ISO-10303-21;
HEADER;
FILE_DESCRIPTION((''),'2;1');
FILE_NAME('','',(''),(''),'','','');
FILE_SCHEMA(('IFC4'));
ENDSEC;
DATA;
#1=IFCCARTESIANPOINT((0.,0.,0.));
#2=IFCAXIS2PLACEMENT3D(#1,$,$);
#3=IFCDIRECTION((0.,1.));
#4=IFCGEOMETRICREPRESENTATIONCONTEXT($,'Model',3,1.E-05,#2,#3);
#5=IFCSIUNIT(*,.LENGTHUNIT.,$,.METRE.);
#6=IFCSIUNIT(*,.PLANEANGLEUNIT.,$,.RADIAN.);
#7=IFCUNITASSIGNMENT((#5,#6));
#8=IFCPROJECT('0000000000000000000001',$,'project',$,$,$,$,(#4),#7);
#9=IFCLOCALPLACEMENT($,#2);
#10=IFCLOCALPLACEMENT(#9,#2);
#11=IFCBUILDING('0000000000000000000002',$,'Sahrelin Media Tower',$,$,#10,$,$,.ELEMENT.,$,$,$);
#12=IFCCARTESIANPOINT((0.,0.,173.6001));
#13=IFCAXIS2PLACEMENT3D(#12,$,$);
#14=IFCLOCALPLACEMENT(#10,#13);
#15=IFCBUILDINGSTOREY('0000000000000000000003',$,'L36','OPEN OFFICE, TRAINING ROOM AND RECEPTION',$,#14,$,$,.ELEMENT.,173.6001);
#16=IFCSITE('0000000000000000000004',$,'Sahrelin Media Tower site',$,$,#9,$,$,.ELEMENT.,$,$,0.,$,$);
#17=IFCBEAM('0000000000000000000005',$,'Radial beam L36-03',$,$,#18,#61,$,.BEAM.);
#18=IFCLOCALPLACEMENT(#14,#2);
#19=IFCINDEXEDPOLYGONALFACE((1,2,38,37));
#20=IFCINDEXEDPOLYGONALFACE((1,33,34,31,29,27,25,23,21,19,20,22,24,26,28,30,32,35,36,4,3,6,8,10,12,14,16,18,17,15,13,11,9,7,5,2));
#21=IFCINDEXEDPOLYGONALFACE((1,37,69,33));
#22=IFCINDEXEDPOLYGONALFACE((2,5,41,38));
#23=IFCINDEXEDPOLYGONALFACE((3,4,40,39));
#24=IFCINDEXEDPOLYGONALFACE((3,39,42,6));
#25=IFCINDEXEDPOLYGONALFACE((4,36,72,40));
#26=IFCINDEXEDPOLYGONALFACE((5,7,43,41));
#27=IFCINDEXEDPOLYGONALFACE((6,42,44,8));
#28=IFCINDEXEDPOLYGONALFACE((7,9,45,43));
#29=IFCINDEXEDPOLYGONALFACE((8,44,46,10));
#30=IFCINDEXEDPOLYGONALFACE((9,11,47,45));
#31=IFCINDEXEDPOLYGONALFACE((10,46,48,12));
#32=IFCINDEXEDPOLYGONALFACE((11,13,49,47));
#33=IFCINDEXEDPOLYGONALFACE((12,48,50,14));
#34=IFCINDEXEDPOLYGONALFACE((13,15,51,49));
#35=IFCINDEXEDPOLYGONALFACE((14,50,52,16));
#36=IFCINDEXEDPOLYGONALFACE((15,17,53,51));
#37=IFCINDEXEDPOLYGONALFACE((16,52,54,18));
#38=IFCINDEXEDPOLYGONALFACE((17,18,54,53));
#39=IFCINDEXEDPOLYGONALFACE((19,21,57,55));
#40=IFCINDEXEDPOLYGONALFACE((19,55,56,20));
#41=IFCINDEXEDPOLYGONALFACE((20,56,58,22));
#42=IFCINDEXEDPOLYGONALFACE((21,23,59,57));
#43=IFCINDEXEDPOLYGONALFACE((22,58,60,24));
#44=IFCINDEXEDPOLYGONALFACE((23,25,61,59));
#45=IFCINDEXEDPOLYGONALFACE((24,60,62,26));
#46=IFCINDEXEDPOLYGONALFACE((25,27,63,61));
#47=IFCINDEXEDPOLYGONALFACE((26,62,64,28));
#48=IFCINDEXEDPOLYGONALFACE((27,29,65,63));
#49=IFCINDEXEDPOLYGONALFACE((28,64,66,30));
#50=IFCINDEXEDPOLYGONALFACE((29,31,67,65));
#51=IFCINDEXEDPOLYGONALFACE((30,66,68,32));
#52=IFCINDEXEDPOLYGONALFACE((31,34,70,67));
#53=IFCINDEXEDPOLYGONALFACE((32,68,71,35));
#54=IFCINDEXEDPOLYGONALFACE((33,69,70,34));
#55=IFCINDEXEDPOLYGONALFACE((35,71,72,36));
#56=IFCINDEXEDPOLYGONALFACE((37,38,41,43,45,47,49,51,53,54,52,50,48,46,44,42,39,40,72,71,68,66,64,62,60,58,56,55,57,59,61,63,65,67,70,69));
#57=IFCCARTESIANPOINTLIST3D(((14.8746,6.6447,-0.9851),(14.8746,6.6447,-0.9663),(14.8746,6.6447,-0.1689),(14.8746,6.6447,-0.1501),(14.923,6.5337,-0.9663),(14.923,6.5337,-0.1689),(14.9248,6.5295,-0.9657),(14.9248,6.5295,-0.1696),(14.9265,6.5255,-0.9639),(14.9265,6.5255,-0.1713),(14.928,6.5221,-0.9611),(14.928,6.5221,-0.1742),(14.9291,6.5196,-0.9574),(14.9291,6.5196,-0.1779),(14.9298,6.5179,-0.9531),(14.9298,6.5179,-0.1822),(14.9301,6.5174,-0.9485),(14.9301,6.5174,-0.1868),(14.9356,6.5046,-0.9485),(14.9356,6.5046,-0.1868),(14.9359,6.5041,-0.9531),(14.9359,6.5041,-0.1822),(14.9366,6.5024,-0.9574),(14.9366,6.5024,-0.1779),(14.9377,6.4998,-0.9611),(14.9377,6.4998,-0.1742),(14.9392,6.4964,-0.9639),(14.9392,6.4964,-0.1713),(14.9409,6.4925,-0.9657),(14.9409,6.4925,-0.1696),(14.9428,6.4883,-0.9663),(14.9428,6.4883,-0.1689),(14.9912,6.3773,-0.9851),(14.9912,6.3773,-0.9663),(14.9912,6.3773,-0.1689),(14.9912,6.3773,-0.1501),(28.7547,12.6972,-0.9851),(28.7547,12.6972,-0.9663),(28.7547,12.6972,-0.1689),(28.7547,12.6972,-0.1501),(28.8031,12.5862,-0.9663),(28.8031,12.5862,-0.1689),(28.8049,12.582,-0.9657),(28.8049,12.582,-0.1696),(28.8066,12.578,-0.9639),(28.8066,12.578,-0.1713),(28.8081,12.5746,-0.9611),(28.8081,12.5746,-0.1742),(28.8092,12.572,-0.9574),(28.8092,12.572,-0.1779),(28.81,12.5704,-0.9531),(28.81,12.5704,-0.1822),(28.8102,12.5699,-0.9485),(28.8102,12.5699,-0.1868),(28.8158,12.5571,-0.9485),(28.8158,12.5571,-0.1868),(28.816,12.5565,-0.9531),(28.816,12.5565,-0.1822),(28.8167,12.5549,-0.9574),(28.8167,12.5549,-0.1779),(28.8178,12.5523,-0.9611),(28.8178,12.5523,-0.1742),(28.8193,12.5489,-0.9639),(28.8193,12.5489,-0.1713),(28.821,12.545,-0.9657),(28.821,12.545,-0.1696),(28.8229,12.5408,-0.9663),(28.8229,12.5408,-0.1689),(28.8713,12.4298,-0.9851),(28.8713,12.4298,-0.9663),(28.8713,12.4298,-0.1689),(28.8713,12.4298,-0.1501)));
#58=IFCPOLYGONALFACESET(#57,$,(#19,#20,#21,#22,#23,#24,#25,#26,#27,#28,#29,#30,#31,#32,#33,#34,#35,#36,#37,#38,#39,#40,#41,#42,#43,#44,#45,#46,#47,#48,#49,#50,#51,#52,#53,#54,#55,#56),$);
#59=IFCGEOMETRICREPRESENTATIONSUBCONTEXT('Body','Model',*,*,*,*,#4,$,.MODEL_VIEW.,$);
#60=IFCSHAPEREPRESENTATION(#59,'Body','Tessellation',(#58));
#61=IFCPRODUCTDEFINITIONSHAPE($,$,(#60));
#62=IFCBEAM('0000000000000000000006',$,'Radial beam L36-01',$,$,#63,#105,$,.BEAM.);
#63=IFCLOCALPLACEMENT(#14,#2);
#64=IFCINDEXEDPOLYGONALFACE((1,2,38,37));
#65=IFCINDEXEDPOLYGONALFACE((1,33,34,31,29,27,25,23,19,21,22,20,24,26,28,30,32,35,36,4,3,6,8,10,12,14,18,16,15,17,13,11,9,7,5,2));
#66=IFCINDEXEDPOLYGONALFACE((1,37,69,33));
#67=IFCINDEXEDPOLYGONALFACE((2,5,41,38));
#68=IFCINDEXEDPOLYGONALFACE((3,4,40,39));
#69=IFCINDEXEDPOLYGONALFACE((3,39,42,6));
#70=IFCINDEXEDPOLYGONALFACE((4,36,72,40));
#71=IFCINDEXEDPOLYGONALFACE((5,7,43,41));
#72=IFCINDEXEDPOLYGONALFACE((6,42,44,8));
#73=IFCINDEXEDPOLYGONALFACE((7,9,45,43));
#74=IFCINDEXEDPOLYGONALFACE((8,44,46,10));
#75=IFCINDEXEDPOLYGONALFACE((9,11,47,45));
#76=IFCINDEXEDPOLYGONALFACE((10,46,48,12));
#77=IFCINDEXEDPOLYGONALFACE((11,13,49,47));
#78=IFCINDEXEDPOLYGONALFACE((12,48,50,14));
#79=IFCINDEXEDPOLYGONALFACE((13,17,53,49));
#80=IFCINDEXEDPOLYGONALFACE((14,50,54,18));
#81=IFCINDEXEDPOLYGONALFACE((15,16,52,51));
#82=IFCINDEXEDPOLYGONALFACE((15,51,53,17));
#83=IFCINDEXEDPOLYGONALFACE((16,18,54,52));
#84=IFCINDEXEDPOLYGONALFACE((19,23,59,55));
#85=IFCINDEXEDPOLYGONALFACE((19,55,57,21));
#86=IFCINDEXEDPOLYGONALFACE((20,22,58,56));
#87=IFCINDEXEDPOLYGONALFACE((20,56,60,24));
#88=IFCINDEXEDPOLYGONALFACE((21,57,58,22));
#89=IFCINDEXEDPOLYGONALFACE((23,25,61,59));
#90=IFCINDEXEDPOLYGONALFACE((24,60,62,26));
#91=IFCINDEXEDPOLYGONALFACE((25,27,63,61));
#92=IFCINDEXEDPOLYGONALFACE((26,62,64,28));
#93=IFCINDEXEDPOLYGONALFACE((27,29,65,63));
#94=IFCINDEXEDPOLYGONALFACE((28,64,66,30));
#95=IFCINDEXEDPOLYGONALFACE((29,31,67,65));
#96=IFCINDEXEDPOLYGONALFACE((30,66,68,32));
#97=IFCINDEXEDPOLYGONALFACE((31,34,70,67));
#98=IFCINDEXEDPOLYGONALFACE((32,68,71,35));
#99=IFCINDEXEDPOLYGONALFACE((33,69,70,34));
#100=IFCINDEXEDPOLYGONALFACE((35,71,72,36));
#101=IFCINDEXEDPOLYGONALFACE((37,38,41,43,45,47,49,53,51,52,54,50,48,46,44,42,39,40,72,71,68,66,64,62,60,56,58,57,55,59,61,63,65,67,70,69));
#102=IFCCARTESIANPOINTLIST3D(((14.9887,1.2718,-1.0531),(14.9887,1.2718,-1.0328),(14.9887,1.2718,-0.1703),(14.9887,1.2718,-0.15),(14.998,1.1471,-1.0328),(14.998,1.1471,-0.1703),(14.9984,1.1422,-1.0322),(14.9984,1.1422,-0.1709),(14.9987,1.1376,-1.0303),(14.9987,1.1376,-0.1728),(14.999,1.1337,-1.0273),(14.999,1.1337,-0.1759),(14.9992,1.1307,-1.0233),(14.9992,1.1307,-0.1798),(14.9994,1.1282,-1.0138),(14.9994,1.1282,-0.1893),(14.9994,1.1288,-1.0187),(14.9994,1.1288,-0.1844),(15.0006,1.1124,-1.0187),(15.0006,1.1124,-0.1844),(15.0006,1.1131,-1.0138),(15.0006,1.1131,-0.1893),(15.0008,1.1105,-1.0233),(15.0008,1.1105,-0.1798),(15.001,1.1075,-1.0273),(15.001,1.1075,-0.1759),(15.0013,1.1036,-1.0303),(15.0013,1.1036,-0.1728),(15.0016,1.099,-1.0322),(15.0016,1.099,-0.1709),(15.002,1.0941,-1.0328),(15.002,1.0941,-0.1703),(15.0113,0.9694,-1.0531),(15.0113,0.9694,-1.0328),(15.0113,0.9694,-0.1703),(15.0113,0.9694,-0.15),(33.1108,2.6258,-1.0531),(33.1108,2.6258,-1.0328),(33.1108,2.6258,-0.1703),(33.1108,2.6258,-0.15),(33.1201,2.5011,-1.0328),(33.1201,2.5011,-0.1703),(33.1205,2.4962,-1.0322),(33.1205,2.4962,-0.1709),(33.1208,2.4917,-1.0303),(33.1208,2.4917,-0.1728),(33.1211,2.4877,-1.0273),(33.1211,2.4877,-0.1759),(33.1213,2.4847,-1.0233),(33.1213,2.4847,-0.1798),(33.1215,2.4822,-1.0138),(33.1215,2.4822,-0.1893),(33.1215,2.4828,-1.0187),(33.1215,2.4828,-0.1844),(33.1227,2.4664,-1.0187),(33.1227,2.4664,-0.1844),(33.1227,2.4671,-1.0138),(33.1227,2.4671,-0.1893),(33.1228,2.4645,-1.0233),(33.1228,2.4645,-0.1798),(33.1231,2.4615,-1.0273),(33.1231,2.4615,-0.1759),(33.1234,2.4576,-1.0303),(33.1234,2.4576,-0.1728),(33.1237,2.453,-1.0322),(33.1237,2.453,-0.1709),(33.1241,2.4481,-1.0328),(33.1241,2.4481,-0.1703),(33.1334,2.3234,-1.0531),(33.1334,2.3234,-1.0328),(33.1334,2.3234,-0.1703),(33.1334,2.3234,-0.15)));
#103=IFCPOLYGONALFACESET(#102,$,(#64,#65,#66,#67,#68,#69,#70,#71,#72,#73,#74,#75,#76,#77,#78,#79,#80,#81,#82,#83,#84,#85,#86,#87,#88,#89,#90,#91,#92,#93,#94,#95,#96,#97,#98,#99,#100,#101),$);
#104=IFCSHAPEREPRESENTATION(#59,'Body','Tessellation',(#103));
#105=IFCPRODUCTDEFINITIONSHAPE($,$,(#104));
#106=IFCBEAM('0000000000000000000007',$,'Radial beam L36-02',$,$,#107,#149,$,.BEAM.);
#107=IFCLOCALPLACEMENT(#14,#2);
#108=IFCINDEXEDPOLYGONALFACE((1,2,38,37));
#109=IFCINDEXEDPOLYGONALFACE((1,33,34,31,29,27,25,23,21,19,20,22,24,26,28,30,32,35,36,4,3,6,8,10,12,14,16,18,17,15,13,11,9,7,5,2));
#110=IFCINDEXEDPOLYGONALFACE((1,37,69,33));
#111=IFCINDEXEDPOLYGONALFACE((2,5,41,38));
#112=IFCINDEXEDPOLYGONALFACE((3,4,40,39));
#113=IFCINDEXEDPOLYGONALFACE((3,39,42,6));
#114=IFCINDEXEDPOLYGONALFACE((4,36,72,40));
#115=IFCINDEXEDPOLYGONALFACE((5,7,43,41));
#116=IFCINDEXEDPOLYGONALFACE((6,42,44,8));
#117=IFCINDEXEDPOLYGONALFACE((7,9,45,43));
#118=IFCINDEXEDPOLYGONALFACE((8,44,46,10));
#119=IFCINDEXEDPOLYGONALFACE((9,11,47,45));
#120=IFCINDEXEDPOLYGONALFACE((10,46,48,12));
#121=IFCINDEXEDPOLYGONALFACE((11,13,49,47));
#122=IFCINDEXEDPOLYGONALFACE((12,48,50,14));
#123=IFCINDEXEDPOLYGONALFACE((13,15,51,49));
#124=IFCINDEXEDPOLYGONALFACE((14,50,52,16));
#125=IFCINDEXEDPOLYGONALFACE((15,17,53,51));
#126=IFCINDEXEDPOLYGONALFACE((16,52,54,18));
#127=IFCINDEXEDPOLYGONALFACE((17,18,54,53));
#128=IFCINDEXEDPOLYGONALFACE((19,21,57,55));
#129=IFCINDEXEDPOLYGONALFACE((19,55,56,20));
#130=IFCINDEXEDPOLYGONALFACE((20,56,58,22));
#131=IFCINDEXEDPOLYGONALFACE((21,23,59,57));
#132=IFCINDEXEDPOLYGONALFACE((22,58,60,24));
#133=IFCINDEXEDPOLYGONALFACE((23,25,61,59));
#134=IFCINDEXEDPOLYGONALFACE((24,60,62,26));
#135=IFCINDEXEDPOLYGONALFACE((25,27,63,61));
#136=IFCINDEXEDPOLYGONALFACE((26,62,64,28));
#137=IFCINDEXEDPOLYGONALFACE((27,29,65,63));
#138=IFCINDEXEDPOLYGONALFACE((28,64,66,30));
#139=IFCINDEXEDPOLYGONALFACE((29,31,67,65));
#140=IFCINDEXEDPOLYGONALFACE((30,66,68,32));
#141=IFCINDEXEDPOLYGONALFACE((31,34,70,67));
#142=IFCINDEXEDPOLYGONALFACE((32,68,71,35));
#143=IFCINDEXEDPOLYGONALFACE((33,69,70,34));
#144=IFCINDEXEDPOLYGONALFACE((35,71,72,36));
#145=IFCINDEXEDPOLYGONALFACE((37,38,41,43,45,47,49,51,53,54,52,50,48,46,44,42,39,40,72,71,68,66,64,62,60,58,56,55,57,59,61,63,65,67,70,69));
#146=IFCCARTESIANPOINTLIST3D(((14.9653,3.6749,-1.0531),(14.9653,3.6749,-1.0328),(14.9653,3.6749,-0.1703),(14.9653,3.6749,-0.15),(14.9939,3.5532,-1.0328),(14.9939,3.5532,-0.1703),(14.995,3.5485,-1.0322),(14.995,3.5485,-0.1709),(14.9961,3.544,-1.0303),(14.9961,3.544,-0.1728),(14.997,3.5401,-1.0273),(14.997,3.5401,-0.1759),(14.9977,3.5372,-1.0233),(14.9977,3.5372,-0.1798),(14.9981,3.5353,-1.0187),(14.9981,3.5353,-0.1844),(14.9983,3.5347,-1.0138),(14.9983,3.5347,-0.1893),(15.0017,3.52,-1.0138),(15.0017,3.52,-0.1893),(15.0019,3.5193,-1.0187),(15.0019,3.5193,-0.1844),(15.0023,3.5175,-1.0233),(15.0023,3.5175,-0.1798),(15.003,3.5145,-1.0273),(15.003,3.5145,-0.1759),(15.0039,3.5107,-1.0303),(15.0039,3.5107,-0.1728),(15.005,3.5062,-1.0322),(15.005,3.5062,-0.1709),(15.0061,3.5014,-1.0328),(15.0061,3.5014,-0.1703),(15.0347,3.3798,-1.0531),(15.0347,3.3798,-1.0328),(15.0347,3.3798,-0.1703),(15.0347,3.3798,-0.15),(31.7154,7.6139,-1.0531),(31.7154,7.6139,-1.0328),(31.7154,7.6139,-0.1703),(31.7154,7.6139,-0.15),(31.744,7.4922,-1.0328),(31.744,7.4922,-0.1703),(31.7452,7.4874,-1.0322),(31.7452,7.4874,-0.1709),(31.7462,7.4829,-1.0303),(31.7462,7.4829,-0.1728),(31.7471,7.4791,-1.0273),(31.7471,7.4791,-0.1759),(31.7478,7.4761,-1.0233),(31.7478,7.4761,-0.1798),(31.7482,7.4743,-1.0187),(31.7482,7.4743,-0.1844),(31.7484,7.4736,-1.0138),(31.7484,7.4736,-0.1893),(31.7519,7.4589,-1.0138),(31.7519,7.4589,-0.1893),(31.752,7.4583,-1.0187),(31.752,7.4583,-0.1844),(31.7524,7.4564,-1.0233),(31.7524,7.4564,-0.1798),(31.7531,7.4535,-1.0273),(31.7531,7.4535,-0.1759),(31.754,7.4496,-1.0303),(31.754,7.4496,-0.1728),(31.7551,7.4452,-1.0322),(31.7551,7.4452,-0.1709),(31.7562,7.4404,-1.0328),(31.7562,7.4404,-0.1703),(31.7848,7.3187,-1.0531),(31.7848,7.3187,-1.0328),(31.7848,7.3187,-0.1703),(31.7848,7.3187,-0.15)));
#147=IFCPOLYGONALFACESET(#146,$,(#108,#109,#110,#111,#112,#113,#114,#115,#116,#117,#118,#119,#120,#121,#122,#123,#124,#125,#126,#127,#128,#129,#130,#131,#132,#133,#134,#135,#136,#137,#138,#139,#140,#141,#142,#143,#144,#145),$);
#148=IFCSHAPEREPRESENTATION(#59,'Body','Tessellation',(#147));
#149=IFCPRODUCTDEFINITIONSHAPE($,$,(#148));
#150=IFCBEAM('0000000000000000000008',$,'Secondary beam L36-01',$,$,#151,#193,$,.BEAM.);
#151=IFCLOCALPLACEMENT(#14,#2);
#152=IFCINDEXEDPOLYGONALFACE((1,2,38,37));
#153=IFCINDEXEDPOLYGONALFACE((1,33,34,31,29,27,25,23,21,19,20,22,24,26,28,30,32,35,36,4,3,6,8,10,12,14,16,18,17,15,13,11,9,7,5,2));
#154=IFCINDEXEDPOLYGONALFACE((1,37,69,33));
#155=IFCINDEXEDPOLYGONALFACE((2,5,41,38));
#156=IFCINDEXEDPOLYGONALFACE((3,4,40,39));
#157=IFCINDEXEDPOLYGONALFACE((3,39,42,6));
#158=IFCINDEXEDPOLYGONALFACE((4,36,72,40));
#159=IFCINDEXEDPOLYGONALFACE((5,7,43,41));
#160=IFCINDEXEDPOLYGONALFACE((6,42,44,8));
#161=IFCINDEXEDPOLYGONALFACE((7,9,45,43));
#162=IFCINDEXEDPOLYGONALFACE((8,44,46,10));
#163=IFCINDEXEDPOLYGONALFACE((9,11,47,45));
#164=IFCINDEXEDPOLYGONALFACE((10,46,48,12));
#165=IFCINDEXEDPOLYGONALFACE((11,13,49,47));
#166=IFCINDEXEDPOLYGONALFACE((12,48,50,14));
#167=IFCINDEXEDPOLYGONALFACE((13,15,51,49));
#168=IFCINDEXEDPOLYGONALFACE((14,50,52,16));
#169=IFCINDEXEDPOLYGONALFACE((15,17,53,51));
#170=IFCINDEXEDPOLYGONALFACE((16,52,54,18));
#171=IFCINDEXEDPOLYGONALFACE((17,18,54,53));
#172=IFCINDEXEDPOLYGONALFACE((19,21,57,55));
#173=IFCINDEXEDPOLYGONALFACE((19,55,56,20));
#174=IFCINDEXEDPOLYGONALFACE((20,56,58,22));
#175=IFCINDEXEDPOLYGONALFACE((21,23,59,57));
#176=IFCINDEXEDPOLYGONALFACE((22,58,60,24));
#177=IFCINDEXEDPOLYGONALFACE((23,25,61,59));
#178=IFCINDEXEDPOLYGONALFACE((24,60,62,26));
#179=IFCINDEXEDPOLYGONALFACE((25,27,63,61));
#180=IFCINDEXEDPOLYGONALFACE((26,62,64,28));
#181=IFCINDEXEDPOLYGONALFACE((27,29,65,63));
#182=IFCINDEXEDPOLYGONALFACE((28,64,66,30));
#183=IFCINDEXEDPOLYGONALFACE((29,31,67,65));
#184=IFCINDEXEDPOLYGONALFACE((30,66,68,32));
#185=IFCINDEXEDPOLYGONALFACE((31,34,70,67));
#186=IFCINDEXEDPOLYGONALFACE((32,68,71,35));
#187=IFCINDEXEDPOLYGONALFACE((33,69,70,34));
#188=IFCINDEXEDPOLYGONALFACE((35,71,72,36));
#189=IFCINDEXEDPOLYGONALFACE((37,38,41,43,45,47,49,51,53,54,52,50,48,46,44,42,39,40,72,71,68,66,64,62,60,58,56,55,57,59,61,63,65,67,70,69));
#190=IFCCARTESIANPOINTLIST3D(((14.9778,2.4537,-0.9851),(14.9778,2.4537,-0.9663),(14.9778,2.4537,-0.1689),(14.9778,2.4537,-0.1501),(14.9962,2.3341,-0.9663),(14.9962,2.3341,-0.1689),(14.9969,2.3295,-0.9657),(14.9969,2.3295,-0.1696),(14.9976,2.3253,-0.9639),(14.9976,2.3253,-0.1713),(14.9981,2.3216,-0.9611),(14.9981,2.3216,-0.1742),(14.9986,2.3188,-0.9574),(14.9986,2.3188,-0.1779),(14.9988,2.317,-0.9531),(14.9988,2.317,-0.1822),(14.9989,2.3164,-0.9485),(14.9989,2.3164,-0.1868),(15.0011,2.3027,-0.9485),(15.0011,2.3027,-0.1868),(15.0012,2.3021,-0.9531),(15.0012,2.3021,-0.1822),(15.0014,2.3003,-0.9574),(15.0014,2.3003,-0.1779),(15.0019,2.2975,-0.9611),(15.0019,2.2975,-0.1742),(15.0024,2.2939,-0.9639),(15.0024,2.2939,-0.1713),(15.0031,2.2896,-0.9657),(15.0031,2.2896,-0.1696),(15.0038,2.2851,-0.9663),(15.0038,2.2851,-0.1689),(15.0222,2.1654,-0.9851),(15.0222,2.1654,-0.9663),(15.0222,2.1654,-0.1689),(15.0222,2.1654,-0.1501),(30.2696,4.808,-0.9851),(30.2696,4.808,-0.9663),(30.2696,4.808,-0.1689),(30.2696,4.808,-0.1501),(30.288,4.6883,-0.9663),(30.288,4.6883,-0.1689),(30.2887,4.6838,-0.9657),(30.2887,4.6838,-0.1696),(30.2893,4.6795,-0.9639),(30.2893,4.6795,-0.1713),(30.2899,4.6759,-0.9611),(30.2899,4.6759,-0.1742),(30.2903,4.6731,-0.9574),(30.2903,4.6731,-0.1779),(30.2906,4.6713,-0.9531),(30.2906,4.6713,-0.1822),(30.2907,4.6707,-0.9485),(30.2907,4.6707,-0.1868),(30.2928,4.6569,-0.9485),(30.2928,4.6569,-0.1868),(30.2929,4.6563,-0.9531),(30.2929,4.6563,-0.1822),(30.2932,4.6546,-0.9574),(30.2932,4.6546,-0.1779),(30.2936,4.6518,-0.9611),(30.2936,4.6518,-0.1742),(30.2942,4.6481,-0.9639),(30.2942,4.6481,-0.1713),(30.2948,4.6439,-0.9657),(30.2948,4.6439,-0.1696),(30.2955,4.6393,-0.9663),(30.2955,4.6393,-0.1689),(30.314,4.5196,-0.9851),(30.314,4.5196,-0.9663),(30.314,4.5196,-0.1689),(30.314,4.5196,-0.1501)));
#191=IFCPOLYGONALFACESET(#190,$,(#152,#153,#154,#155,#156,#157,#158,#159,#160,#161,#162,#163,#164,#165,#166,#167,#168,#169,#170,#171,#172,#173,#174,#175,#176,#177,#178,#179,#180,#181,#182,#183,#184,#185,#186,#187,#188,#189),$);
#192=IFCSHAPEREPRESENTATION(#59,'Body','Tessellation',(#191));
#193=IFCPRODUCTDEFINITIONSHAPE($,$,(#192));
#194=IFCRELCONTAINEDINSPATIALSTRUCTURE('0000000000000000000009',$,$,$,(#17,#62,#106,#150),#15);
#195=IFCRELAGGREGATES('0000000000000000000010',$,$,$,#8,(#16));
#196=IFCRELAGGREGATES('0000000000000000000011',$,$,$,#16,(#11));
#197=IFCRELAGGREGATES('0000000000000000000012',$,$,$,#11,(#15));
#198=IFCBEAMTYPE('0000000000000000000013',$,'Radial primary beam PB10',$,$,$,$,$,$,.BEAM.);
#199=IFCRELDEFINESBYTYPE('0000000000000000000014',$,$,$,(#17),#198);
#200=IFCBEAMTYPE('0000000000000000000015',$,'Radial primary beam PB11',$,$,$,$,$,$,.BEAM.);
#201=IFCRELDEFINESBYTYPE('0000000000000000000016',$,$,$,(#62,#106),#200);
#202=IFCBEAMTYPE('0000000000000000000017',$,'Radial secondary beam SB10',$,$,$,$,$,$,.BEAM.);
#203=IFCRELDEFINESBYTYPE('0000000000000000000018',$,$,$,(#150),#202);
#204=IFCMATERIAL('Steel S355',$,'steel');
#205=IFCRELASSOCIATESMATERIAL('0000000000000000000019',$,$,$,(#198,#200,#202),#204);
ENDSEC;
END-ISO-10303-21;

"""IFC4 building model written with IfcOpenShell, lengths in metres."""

from ifc_helpers import new_model, si_unit, direction, frame, origin, origin_2d, place, context, subcontext, project, spatial, i_section, extrude, material, material_profile, profile_set, type_object, element, save


model = new_model("IFC4")

# Units and contexts
model_context = context("Model", 3, precision=1e-05, world=origin(), true_north=direction((0.0, 1.0)))
body_context = subcontext(model_context, "Body", "Model", "MODEL_VIEW")
ifc_project = project(units=[si_unit("LENGTHUNIT", "METRE"), si_unit("PLANEANGLEUNIT", "RADIAN")], contexts=[model_context])

# Site, building, storey
site_placement = place(None, origin())
site = spatial("IfcSite", under=ifc_project, at=site_placement, Name="Sahrelin Media Tower site", CompositionType="ELEMENT", RefElevation=0.0)
building_placement = place(site_placement, origin())
building = spatial("IfcBuilding", under=site, at=building_placement, Name="Sahrelin Media Tower", CompositionType="ELEMENT")
storey_placement = place(building_placement, frame((0.0, 0.0, 173.6001)))
storey = spatial("IfcBuildingStorey", under=building, at=storey_placement, Name="L36", Description="OPEN OFFICE, TRAINING ROOM AND RECEPTION", CompositionType="ELEMENT", Elevation=173.6001)

# Beams
ifc_material_1 = material(Name="Steel S355", Category="steel")
ifc_material_profile_1 = material_profile(ifc_material_1, i_section(OverallWidth=0.2917, OverallDepth=0.835, WebThickness=0.0139, FlangeThickness=0.0188, FilletRadius=0.0178, at=origin_2d()), Name="UB 838x292x176")
ifc_profile_set_1 = profile_set([ifc_material_profile_1], Name="Steel S355")
beam_type_1 = type_object("IfcBeamType", Name="Radial primary beam PB10", PredefinedType="BEAM", material=ifc_profile_set_1)
beam_1_placement = place(storey_placement, frame((14.9329, 6.511, -0.5676), z_axis=(0.916643, 0.399706, 0.0), x_axis=(-0.399706, 0.916643, 0.0)))
element("IfcBeam", 1, at=beam_1_placement, inside=storey, type_object=beam_type_1, Name="Radial beam L36-03", PredefinedType="BEAM", context=body_context, shape_type="SweptSolid", body=[
    extrude(i_section(OverallWidth=0.2917, OverallDepth=0.835, WebThickness=0.0139, FlangeThickness=0.0188, FilletRadius=0.0178, at=origin_2d()), origin(), (0.0, 0.0, 1.0), 15.1423),
])
ifc_material_profile_2 = material_profile(ifc_material_1, i_section(OverallWidth=0.3032, OverallDepth=0.9031, WebThickness=0.0151, FlangeThickness=0.0203, FilletRadius=0.019, at=origin_2d()), Name="UB 914x305x201")
ifc_profile_set_2 = profile_set([ifc_material_profile_2], Name="Steel S355")
beam_type_2 = type_object("IfcBeamType", Name="Radial primary beam PB11", PredefinedType="BEAM", material=ifc_profile_set_2)
beam_2_placement = place(storey_placement, frame((15.0, 1.1206, -0.6016), z_axis=(0.99722, 0.074508, 0.0), x_axis=(-0.074508, 0.99722, 0.0)))
element("IfcBeam", 2, at=beam_2_placement, inside=storey, type_object=beam_type_2, Name="Radial beam L36-01", PredefinedType="BEAM", context=body_context, shape_type="SweptSolid", body=[
    extrude(i_section(OverallWidth=0.3032, OverallDepth=0.9031, WebThickness=0.0151, FlangeThickness=0.0203, FilletRadius=0.019, at=origin_2d()), origin(), (0.0, 0.0, 1.0), 18.1726),
])
beam_3_placement = place(storey_placement, frame((15.0, 3.5273, -0.6016), z_axis=(0.973447, 0.228914, 0.0), x_axis=(-0.228914, 0.973447, 0.0)))
element("IfcBeam", 3, at=beam_3_placement, inside=storey, type_object=beam_type_2, Name="Radial beam L36-02", PredefinedType="BEAM", context=body_context, shape_type="SweptSolid", body=[
    extrude(i_section(OverallWidth=0.3032, OverallDepth=0.9031, WebThickness=0.0151, FlangeThickness=0.0203, FilletRadius=0.019, at=origin_2d()), origin(), (0.0, 0.0, 1.0), 17.207),
])
ifc_material_profile_3 = material_profile(ifc_material_1, i_section(OverallWidth=0.2917, OverallDepth=0.835, WebThickness=0.0139, FlangeThickness=0.0188, FilletRadius=0.0178, at=origin_2d()), Name="UB 838x292x176")
ifc_profile_set_3 = profile_set([ifc_material_profile_3], Name="Steel S355")
beam_type_3 = type_object("IfcBeamType", Name="Radial secondary beam SB10", PredefinedType="BEAM", material=ifc_profile_set_3)
beam_4_placement = place(storey_placement, frame((15.0, 2.3096, -0.5676), z_axis=(0.988355, 0.152163, 0.0), x_axis=(-0.152163, 0.988355, 0.0)))
element("IfcBeam", 4, at=beam_4_placement, inside=storey, type_object=beam_type_3, Name="Secondary beam L36-01", PredefinedType="BEAM", context=body_context, shape_type="SweptSolid", body=[
    extrude(i_section(OverallWidth=0.2917, OverallDepth=0.835, WebThickness=0.0139, FlangeThickness=0.0188, FilletRadius=0.0178, at=origin_2d()), origin(), (0.0, 0.0, 1.0), 15.4719),
])

save(model, "model.ifc")
